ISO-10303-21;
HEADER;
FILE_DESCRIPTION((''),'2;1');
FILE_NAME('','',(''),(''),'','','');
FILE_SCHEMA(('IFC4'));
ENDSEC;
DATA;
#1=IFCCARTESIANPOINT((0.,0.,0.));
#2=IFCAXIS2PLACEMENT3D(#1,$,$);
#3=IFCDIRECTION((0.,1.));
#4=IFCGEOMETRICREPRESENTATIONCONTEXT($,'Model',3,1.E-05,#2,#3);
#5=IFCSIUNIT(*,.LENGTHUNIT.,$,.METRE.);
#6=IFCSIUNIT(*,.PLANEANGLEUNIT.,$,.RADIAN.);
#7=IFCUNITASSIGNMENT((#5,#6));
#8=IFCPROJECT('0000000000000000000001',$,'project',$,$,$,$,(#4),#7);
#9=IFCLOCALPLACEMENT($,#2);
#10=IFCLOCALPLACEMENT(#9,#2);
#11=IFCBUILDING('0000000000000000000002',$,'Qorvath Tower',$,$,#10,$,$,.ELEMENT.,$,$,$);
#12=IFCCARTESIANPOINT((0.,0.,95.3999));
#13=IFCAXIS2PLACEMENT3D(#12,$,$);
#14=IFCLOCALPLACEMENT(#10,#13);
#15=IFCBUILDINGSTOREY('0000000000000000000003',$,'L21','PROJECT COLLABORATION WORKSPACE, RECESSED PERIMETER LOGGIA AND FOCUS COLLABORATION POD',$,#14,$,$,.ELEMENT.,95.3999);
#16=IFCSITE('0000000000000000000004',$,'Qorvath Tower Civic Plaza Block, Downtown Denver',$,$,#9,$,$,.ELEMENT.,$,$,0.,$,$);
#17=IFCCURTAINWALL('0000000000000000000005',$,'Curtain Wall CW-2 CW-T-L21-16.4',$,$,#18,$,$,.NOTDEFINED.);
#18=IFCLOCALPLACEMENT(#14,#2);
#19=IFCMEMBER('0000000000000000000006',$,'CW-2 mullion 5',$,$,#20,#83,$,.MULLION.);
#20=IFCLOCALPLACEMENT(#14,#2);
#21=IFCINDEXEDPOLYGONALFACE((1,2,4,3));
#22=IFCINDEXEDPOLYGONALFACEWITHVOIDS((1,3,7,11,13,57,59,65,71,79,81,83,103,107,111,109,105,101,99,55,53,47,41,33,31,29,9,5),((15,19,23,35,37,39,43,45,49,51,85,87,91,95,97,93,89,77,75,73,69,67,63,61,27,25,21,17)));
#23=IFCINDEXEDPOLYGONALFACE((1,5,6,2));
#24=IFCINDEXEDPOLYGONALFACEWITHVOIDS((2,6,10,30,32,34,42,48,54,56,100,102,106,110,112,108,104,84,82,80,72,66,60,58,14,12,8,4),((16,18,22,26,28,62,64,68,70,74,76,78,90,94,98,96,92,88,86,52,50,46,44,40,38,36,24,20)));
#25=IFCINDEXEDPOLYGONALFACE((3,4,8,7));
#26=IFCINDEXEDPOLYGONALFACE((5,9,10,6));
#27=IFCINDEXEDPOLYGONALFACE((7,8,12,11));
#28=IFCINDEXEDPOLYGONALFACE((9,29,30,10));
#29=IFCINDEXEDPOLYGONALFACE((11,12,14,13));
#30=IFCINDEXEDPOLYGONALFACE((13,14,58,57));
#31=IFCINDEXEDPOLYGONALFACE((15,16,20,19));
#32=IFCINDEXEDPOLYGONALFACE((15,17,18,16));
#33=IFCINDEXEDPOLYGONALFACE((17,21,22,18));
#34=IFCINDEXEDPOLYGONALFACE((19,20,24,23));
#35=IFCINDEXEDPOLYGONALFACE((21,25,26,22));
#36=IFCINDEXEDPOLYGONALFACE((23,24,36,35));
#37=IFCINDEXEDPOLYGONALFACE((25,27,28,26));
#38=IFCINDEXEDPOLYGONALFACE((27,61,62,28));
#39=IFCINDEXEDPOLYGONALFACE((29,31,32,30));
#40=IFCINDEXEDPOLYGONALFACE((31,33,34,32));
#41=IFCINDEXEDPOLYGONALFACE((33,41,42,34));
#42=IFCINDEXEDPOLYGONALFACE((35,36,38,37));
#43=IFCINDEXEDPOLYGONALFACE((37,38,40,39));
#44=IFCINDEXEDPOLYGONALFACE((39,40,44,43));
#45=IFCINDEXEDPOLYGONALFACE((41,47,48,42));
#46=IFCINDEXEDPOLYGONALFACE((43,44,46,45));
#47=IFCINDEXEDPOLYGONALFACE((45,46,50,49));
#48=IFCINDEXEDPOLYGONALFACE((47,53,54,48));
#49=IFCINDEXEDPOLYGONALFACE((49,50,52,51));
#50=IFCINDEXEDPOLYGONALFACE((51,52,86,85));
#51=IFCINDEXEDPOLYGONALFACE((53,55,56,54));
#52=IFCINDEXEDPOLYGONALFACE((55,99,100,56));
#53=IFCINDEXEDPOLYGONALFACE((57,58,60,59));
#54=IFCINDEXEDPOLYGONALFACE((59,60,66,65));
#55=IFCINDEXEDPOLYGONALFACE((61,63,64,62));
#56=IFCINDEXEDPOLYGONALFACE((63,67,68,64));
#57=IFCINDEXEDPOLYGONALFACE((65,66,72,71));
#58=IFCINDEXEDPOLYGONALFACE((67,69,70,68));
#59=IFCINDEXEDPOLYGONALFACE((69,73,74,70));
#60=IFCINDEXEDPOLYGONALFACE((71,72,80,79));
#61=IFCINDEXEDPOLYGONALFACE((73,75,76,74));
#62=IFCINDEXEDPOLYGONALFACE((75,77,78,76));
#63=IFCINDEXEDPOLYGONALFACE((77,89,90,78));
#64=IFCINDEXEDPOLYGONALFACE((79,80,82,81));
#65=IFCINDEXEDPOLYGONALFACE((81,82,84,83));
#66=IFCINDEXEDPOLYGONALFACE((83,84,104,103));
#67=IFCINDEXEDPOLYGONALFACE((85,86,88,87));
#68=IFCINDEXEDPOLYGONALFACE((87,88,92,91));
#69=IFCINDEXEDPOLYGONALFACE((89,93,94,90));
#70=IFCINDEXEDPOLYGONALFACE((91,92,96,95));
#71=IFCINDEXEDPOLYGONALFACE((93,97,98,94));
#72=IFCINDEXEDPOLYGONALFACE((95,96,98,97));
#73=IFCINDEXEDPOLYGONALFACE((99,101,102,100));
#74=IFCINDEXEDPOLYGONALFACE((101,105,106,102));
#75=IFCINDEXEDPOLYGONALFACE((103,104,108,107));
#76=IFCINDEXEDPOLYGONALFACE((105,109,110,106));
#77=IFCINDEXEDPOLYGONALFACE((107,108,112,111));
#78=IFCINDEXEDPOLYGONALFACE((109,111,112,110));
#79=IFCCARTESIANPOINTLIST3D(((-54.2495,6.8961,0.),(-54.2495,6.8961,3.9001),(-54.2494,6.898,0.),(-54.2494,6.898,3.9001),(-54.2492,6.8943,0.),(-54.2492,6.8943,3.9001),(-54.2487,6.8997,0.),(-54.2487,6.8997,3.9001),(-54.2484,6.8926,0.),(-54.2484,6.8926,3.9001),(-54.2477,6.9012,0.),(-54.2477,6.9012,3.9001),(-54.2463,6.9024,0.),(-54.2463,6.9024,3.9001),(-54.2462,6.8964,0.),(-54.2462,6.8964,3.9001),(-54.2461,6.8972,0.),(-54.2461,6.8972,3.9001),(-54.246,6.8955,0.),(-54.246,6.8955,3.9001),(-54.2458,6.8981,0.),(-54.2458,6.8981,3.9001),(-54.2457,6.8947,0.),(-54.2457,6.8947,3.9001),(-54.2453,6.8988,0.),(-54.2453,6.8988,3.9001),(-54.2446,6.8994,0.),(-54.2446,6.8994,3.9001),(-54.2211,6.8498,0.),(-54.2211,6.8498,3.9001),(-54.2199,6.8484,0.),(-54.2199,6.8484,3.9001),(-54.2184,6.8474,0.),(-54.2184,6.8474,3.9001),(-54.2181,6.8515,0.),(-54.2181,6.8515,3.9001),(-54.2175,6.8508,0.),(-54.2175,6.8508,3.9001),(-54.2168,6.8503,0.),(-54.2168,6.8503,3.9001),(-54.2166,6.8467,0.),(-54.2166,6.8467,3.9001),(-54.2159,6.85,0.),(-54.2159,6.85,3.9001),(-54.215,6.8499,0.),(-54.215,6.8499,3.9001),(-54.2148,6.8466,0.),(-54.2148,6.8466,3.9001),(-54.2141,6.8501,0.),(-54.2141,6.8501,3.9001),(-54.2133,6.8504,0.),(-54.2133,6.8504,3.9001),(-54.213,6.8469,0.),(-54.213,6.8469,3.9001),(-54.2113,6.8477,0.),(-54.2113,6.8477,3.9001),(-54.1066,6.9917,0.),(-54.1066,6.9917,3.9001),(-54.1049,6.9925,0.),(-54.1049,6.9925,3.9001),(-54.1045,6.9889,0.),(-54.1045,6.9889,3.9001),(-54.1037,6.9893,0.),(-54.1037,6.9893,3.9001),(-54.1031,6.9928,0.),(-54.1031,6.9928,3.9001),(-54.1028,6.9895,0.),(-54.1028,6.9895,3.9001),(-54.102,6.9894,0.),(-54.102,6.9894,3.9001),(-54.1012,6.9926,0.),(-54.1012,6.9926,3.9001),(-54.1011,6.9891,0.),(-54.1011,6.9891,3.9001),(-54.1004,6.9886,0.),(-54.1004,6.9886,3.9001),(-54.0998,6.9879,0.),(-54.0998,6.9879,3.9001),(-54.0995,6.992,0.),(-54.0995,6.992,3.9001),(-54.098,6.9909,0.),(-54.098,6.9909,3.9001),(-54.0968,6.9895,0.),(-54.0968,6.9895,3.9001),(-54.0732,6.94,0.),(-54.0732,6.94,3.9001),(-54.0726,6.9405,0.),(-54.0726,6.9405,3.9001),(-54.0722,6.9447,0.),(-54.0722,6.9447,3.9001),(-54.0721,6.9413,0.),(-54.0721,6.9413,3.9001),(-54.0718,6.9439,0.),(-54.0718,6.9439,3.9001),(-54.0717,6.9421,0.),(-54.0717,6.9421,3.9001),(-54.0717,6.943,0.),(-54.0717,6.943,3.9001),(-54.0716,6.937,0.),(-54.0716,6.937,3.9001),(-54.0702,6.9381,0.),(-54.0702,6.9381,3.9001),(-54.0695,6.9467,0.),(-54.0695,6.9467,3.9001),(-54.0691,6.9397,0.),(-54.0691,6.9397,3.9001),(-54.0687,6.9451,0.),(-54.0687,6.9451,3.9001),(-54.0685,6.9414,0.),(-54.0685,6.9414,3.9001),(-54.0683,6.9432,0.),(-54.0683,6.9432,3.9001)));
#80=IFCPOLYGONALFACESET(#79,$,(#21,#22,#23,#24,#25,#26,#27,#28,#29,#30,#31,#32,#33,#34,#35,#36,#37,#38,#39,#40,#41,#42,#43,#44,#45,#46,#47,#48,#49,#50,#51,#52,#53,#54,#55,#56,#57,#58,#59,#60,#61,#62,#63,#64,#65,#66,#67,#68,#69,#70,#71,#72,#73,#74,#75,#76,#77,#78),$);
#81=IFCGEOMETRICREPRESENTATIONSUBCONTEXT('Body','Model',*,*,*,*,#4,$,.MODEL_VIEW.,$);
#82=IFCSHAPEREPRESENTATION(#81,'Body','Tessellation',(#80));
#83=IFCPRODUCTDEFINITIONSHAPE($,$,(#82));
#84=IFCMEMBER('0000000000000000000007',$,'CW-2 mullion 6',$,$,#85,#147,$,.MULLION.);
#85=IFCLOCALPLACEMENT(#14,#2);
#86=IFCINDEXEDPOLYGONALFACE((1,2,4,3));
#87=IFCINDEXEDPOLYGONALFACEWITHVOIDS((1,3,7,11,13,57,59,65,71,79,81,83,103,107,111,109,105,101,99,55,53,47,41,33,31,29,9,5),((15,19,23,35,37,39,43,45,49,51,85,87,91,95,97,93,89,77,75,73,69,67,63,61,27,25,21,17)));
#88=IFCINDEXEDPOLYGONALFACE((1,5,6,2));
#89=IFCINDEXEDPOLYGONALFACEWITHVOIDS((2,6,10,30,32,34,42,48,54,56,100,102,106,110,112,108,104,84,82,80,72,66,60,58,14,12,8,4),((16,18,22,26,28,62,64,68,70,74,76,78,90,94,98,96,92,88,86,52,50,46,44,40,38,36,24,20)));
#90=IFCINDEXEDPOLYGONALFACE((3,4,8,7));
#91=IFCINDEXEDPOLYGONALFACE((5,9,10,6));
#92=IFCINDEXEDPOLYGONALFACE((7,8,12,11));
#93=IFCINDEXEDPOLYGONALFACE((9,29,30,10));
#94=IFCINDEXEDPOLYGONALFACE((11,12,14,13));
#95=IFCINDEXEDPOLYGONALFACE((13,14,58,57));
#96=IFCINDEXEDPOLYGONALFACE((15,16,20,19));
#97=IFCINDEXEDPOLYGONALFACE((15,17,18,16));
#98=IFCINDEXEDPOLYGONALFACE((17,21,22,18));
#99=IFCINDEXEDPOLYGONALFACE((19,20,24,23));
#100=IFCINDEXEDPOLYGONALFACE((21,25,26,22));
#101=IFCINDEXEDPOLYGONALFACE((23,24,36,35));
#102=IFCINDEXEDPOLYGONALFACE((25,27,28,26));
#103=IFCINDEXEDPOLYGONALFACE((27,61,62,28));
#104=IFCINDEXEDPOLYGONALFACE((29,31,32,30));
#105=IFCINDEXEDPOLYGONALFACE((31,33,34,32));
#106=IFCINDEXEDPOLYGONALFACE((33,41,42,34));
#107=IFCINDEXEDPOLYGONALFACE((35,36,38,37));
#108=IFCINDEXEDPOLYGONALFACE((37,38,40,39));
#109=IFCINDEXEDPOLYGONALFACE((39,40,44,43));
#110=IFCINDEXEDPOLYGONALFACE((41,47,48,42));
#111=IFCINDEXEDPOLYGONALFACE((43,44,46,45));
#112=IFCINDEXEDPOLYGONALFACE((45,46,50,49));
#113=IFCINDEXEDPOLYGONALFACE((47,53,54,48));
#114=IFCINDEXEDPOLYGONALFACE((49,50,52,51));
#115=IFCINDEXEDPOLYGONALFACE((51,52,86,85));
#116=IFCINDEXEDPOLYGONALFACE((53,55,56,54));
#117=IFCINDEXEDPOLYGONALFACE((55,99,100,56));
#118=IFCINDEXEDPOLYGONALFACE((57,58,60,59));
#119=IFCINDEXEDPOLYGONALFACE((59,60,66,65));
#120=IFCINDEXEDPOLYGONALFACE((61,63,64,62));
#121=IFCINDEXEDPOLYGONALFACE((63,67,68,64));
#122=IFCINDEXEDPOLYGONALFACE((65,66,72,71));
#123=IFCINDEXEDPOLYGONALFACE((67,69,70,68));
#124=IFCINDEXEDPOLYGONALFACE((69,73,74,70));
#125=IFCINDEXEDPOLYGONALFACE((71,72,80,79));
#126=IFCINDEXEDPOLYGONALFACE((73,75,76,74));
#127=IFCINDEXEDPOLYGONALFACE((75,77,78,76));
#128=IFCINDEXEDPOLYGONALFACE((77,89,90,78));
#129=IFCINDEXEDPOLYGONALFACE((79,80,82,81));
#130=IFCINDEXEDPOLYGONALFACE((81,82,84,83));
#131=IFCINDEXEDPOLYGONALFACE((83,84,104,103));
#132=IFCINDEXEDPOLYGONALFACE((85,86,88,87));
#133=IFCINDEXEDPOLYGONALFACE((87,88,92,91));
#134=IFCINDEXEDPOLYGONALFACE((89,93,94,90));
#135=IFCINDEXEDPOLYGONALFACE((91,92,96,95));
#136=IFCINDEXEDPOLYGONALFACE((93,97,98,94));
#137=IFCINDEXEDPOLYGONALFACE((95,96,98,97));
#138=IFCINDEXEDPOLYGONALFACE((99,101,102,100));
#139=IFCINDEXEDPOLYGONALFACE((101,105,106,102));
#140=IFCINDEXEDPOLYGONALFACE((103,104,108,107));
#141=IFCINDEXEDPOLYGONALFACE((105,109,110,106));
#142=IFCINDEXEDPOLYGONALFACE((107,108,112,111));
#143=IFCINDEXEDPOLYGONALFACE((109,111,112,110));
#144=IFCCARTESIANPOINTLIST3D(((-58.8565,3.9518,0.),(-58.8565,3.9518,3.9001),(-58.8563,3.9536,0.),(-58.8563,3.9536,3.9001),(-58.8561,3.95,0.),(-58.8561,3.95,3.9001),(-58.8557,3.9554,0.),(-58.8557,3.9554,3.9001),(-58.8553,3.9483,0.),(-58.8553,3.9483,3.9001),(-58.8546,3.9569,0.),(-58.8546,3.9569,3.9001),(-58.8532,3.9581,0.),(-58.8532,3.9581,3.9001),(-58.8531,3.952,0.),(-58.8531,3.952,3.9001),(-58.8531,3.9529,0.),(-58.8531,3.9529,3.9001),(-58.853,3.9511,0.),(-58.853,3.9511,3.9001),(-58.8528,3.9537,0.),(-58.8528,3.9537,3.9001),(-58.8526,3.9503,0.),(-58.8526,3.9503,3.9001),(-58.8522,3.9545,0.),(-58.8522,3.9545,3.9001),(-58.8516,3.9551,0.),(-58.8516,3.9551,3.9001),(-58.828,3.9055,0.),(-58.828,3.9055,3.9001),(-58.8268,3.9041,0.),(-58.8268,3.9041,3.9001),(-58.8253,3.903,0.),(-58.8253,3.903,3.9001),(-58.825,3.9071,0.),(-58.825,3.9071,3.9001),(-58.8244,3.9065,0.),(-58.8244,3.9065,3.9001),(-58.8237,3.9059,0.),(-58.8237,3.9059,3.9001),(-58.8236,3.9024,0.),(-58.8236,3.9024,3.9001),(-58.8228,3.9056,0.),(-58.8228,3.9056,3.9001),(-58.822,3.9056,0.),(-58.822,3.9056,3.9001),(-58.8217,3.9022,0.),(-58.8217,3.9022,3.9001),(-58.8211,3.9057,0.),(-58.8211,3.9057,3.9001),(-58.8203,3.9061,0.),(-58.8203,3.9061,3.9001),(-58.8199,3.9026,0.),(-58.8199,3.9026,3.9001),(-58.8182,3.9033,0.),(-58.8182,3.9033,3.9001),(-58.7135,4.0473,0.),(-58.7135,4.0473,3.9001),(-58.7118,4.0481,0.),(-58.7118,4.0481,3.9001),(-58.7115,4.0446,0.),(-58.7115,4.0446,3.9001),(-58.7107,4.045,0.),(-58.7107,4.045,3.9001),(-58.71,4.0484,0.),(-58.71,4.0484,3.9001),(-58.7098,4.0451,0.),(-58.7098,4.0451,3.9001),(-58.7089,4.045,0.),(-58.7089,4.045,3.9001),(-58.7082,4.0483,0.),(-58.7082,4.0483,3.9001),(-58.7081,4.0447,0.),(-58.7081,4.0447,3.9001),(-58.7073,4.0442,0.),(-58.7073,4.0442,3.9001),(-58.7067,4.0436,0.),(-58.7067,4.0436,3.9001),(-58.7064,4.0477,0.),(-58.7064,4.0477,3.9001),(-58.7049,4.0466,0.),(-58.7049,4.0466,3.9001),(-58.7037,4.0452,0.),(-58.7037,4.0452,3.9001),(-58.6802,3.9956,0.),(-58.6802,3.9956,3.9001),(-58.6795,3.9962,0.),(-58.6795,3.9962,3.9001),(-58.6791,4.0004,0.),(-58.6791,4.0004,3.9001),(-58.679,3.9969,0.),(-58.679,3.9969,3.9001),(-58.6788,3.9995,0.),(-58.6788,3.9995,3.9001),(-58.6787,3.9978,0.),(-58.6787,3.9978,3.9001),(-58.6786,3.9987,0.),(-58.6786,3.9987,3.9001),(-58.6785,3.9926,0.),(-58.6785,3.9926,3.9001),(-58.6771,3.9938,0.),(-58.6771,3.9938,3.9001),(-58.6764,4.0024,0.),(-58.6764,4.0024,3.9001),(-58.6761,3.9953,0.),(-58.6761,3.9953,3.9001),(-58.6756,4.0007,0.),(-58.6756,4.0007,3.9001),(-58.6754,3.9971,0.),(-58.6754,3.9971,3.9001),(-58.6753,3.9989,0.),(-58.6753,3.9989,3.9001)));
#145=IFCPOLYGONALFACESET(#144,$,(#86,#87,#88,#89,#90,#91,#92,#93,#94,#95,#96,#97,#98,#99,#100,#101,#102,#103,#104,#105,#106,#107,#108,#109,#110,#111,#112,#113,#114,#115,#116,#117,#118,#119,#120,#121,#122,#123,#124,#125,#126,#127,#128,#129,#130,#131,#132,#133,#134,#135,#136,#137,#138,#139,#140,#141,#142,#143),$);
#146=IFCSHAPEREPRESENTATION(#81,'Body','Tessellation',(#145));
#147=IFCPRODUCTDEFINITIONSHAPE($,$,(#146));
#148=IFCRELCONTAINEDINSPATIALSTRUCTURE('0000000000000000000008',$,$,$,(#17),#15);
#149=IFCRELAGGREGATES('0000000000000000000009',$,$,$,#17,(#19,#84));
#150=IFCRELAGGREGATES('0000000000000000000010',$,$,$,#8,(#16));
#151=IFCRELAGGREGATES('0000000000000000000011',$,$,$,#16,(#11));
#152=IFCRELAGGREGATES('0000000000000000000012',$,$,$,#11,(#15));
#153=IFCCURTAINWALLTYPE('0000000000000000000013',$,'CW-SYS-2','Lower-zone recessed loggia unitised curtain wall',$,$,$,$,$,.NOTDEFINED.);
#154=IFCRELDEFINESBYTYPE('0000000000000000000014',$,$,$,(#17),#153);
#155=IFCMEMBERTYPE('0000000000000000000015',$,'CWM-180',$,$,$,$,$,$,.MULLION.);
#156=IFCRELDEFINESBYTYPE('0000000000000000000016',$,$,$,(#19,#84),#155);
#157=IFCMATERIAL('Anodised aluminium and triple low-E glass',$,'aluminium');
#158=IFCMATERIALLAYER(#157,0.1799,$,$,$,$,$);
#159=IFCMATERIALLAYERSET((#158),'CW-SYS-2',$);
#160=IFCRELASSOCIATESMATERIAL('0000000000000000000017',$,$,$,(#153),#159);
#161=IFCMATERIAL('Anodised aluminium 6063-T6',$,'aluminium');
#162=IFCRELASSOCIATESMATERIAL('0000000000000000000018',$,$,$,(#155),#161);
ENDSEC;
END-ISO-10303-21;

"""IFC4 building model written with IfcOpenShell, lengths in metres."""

from ifc_helpers import new_model, si_unit, direction, frame, origin, origin_2d, place, context, subcontext, project, spatial, hollow_rectangle, extrude, material, layer, layer_set, material_profile, profile_set, type_object, element, aggregate, save


model = new_model("IFC4")

# Units and contexts
model_context = context("Model", 3, precision=1e-05, world=origin(), true_north=direction((0.0, 1.0)))
body_context = subcontext(model_context, "Body", "Model", "MODEL_VIEW")
ifc_project = project(units=[si_unit("LENGTHUNIT", "METRE"), si_unit("PLANEANGLEUNIT", "RADIAN")], contexts=[model_context])

# Site, building, storey
site_placement = place(None, origin())
site = spatial("IfcSite", under=ifc_project, at=site_placement, Name="Qorvath Tower Civic Plaza Block, Downtown Denver", CompositionType="ELEMENT", RefElevation=0.0)
building_placement = place(site_placement, origin())
building = spatial("IfcBuilding", under=site, at=building_placement, Name="Qorvath Tower", CompositionType="ELEMENT")
storey_placement = place(building_placement, frame((0.0, 0.0, 95.3999)))
storey = spatial("IfcBuildingStorey", under=building, at=storey_placement, Name="L21", Description="PROJECT COLLABORATION WORKSPACE, RECESSED PERIMETER LOGGIA AND FOCUS COLLABORATION POD", CompositionType="ELEMENT", Elevation=95.3999)

# Curtain wall, members
ifc_material_1 = material(Name="Anodised aluminium and triple low-E glass", Category="aluminium")
ifc_layer_1 = layer(ifc_material_1, 0.1799)
ifc_layer_set_1 = layer_set([ifc_layer_1], Name="CW-SYS-2")
curtain_wall_type = type_object("IfcCurtainWallType", Name="CW-SYS-2", Description="Lower-zone recessed loggia unitised curtain wall", PredefinedType="NOTDEFINED", material=ifc_layer_set_1)
curtain_wall_placement = place(storey_placement, origin())
curtain_wall = element("IfcCurtainWall", 1, at=curtain_wall_placement, inside=storey, type_object=curtain_wall_type, Name="Curtain Wall CW-2 CW-T-L21-16.4", PredefinedType="NOTDEFINED")
ifc_material_2 = material(Name="Anodised aluminium 6063-T6", Category="aluminium")
ifc_material_profile_1 = material_profile(ifc_material_2, hollow_rectangle(XDim=0.0649, YDim=0.1799, WallThickness=0.0034, InnerFilletRadius=0.0034, OuterFilletRadius=0.0071, at=origin_2d()), Name="CWM 180x65")
ifc_profile_set_1 = profile_set([ifc_material_profile_1], Name="Anodised aluminium 6063-T6")
member_type_1 = type_object("IfcMemberType", Name="CWM-180", PredefinedType="MULLION", material=ifc_profile_set_1)
member_1_placement = place(storey_placement, frame((-54.1589, 6.9197, 0.0), z_axis=(0.0, 0.0, 1.0), x_axis=(0.538529, -0.842607, 0.0)))
member_1 = element("IfcMember", 2, at=member_1_placement, type_object=member_type_1, Name="CW-2 mullion 5", PredefinedType="MULLION", context=body_context, shape_type="SweptSolid", body=[
    extrude(hollow_rectangle(XDim=0.0649, YDim=0.1799, WallThickness=0.0034, InnerFilletRadius=0.0034, OuterFilletRadius=0.0071, at=origin_2d()), origin(), (0.0, 0.0, 1.0), 3.9001),
])
member_2_placement = place(storey_placement, frame((-58.7659, 3.9753, 0.0), z_axis=(0.0, 0.0, 1.0), x_axis=(0.538529, -0.842607, 0.0)))
member_2 = element("IfcMember", 3, at=member_2_placement, type_object=member_type_1, Name="CW-2 mullion 6", PredefinedType="MULLION", context=body_context, shape_type="SweptSolid", body=[
    extrude(hollow_rectangle(XDim=0.0649, YDim=0.1799, WallThickness=0.0034, InnerFilletRadius=0.0034, OuterFilletRadius=0.0071, at=origin_2d()), origin(), (0.0, 0.0, 1.0), 3.9001),
])
aggregate(curtain_wall, [member_1, member_2])

save(model, "model.ifc")
